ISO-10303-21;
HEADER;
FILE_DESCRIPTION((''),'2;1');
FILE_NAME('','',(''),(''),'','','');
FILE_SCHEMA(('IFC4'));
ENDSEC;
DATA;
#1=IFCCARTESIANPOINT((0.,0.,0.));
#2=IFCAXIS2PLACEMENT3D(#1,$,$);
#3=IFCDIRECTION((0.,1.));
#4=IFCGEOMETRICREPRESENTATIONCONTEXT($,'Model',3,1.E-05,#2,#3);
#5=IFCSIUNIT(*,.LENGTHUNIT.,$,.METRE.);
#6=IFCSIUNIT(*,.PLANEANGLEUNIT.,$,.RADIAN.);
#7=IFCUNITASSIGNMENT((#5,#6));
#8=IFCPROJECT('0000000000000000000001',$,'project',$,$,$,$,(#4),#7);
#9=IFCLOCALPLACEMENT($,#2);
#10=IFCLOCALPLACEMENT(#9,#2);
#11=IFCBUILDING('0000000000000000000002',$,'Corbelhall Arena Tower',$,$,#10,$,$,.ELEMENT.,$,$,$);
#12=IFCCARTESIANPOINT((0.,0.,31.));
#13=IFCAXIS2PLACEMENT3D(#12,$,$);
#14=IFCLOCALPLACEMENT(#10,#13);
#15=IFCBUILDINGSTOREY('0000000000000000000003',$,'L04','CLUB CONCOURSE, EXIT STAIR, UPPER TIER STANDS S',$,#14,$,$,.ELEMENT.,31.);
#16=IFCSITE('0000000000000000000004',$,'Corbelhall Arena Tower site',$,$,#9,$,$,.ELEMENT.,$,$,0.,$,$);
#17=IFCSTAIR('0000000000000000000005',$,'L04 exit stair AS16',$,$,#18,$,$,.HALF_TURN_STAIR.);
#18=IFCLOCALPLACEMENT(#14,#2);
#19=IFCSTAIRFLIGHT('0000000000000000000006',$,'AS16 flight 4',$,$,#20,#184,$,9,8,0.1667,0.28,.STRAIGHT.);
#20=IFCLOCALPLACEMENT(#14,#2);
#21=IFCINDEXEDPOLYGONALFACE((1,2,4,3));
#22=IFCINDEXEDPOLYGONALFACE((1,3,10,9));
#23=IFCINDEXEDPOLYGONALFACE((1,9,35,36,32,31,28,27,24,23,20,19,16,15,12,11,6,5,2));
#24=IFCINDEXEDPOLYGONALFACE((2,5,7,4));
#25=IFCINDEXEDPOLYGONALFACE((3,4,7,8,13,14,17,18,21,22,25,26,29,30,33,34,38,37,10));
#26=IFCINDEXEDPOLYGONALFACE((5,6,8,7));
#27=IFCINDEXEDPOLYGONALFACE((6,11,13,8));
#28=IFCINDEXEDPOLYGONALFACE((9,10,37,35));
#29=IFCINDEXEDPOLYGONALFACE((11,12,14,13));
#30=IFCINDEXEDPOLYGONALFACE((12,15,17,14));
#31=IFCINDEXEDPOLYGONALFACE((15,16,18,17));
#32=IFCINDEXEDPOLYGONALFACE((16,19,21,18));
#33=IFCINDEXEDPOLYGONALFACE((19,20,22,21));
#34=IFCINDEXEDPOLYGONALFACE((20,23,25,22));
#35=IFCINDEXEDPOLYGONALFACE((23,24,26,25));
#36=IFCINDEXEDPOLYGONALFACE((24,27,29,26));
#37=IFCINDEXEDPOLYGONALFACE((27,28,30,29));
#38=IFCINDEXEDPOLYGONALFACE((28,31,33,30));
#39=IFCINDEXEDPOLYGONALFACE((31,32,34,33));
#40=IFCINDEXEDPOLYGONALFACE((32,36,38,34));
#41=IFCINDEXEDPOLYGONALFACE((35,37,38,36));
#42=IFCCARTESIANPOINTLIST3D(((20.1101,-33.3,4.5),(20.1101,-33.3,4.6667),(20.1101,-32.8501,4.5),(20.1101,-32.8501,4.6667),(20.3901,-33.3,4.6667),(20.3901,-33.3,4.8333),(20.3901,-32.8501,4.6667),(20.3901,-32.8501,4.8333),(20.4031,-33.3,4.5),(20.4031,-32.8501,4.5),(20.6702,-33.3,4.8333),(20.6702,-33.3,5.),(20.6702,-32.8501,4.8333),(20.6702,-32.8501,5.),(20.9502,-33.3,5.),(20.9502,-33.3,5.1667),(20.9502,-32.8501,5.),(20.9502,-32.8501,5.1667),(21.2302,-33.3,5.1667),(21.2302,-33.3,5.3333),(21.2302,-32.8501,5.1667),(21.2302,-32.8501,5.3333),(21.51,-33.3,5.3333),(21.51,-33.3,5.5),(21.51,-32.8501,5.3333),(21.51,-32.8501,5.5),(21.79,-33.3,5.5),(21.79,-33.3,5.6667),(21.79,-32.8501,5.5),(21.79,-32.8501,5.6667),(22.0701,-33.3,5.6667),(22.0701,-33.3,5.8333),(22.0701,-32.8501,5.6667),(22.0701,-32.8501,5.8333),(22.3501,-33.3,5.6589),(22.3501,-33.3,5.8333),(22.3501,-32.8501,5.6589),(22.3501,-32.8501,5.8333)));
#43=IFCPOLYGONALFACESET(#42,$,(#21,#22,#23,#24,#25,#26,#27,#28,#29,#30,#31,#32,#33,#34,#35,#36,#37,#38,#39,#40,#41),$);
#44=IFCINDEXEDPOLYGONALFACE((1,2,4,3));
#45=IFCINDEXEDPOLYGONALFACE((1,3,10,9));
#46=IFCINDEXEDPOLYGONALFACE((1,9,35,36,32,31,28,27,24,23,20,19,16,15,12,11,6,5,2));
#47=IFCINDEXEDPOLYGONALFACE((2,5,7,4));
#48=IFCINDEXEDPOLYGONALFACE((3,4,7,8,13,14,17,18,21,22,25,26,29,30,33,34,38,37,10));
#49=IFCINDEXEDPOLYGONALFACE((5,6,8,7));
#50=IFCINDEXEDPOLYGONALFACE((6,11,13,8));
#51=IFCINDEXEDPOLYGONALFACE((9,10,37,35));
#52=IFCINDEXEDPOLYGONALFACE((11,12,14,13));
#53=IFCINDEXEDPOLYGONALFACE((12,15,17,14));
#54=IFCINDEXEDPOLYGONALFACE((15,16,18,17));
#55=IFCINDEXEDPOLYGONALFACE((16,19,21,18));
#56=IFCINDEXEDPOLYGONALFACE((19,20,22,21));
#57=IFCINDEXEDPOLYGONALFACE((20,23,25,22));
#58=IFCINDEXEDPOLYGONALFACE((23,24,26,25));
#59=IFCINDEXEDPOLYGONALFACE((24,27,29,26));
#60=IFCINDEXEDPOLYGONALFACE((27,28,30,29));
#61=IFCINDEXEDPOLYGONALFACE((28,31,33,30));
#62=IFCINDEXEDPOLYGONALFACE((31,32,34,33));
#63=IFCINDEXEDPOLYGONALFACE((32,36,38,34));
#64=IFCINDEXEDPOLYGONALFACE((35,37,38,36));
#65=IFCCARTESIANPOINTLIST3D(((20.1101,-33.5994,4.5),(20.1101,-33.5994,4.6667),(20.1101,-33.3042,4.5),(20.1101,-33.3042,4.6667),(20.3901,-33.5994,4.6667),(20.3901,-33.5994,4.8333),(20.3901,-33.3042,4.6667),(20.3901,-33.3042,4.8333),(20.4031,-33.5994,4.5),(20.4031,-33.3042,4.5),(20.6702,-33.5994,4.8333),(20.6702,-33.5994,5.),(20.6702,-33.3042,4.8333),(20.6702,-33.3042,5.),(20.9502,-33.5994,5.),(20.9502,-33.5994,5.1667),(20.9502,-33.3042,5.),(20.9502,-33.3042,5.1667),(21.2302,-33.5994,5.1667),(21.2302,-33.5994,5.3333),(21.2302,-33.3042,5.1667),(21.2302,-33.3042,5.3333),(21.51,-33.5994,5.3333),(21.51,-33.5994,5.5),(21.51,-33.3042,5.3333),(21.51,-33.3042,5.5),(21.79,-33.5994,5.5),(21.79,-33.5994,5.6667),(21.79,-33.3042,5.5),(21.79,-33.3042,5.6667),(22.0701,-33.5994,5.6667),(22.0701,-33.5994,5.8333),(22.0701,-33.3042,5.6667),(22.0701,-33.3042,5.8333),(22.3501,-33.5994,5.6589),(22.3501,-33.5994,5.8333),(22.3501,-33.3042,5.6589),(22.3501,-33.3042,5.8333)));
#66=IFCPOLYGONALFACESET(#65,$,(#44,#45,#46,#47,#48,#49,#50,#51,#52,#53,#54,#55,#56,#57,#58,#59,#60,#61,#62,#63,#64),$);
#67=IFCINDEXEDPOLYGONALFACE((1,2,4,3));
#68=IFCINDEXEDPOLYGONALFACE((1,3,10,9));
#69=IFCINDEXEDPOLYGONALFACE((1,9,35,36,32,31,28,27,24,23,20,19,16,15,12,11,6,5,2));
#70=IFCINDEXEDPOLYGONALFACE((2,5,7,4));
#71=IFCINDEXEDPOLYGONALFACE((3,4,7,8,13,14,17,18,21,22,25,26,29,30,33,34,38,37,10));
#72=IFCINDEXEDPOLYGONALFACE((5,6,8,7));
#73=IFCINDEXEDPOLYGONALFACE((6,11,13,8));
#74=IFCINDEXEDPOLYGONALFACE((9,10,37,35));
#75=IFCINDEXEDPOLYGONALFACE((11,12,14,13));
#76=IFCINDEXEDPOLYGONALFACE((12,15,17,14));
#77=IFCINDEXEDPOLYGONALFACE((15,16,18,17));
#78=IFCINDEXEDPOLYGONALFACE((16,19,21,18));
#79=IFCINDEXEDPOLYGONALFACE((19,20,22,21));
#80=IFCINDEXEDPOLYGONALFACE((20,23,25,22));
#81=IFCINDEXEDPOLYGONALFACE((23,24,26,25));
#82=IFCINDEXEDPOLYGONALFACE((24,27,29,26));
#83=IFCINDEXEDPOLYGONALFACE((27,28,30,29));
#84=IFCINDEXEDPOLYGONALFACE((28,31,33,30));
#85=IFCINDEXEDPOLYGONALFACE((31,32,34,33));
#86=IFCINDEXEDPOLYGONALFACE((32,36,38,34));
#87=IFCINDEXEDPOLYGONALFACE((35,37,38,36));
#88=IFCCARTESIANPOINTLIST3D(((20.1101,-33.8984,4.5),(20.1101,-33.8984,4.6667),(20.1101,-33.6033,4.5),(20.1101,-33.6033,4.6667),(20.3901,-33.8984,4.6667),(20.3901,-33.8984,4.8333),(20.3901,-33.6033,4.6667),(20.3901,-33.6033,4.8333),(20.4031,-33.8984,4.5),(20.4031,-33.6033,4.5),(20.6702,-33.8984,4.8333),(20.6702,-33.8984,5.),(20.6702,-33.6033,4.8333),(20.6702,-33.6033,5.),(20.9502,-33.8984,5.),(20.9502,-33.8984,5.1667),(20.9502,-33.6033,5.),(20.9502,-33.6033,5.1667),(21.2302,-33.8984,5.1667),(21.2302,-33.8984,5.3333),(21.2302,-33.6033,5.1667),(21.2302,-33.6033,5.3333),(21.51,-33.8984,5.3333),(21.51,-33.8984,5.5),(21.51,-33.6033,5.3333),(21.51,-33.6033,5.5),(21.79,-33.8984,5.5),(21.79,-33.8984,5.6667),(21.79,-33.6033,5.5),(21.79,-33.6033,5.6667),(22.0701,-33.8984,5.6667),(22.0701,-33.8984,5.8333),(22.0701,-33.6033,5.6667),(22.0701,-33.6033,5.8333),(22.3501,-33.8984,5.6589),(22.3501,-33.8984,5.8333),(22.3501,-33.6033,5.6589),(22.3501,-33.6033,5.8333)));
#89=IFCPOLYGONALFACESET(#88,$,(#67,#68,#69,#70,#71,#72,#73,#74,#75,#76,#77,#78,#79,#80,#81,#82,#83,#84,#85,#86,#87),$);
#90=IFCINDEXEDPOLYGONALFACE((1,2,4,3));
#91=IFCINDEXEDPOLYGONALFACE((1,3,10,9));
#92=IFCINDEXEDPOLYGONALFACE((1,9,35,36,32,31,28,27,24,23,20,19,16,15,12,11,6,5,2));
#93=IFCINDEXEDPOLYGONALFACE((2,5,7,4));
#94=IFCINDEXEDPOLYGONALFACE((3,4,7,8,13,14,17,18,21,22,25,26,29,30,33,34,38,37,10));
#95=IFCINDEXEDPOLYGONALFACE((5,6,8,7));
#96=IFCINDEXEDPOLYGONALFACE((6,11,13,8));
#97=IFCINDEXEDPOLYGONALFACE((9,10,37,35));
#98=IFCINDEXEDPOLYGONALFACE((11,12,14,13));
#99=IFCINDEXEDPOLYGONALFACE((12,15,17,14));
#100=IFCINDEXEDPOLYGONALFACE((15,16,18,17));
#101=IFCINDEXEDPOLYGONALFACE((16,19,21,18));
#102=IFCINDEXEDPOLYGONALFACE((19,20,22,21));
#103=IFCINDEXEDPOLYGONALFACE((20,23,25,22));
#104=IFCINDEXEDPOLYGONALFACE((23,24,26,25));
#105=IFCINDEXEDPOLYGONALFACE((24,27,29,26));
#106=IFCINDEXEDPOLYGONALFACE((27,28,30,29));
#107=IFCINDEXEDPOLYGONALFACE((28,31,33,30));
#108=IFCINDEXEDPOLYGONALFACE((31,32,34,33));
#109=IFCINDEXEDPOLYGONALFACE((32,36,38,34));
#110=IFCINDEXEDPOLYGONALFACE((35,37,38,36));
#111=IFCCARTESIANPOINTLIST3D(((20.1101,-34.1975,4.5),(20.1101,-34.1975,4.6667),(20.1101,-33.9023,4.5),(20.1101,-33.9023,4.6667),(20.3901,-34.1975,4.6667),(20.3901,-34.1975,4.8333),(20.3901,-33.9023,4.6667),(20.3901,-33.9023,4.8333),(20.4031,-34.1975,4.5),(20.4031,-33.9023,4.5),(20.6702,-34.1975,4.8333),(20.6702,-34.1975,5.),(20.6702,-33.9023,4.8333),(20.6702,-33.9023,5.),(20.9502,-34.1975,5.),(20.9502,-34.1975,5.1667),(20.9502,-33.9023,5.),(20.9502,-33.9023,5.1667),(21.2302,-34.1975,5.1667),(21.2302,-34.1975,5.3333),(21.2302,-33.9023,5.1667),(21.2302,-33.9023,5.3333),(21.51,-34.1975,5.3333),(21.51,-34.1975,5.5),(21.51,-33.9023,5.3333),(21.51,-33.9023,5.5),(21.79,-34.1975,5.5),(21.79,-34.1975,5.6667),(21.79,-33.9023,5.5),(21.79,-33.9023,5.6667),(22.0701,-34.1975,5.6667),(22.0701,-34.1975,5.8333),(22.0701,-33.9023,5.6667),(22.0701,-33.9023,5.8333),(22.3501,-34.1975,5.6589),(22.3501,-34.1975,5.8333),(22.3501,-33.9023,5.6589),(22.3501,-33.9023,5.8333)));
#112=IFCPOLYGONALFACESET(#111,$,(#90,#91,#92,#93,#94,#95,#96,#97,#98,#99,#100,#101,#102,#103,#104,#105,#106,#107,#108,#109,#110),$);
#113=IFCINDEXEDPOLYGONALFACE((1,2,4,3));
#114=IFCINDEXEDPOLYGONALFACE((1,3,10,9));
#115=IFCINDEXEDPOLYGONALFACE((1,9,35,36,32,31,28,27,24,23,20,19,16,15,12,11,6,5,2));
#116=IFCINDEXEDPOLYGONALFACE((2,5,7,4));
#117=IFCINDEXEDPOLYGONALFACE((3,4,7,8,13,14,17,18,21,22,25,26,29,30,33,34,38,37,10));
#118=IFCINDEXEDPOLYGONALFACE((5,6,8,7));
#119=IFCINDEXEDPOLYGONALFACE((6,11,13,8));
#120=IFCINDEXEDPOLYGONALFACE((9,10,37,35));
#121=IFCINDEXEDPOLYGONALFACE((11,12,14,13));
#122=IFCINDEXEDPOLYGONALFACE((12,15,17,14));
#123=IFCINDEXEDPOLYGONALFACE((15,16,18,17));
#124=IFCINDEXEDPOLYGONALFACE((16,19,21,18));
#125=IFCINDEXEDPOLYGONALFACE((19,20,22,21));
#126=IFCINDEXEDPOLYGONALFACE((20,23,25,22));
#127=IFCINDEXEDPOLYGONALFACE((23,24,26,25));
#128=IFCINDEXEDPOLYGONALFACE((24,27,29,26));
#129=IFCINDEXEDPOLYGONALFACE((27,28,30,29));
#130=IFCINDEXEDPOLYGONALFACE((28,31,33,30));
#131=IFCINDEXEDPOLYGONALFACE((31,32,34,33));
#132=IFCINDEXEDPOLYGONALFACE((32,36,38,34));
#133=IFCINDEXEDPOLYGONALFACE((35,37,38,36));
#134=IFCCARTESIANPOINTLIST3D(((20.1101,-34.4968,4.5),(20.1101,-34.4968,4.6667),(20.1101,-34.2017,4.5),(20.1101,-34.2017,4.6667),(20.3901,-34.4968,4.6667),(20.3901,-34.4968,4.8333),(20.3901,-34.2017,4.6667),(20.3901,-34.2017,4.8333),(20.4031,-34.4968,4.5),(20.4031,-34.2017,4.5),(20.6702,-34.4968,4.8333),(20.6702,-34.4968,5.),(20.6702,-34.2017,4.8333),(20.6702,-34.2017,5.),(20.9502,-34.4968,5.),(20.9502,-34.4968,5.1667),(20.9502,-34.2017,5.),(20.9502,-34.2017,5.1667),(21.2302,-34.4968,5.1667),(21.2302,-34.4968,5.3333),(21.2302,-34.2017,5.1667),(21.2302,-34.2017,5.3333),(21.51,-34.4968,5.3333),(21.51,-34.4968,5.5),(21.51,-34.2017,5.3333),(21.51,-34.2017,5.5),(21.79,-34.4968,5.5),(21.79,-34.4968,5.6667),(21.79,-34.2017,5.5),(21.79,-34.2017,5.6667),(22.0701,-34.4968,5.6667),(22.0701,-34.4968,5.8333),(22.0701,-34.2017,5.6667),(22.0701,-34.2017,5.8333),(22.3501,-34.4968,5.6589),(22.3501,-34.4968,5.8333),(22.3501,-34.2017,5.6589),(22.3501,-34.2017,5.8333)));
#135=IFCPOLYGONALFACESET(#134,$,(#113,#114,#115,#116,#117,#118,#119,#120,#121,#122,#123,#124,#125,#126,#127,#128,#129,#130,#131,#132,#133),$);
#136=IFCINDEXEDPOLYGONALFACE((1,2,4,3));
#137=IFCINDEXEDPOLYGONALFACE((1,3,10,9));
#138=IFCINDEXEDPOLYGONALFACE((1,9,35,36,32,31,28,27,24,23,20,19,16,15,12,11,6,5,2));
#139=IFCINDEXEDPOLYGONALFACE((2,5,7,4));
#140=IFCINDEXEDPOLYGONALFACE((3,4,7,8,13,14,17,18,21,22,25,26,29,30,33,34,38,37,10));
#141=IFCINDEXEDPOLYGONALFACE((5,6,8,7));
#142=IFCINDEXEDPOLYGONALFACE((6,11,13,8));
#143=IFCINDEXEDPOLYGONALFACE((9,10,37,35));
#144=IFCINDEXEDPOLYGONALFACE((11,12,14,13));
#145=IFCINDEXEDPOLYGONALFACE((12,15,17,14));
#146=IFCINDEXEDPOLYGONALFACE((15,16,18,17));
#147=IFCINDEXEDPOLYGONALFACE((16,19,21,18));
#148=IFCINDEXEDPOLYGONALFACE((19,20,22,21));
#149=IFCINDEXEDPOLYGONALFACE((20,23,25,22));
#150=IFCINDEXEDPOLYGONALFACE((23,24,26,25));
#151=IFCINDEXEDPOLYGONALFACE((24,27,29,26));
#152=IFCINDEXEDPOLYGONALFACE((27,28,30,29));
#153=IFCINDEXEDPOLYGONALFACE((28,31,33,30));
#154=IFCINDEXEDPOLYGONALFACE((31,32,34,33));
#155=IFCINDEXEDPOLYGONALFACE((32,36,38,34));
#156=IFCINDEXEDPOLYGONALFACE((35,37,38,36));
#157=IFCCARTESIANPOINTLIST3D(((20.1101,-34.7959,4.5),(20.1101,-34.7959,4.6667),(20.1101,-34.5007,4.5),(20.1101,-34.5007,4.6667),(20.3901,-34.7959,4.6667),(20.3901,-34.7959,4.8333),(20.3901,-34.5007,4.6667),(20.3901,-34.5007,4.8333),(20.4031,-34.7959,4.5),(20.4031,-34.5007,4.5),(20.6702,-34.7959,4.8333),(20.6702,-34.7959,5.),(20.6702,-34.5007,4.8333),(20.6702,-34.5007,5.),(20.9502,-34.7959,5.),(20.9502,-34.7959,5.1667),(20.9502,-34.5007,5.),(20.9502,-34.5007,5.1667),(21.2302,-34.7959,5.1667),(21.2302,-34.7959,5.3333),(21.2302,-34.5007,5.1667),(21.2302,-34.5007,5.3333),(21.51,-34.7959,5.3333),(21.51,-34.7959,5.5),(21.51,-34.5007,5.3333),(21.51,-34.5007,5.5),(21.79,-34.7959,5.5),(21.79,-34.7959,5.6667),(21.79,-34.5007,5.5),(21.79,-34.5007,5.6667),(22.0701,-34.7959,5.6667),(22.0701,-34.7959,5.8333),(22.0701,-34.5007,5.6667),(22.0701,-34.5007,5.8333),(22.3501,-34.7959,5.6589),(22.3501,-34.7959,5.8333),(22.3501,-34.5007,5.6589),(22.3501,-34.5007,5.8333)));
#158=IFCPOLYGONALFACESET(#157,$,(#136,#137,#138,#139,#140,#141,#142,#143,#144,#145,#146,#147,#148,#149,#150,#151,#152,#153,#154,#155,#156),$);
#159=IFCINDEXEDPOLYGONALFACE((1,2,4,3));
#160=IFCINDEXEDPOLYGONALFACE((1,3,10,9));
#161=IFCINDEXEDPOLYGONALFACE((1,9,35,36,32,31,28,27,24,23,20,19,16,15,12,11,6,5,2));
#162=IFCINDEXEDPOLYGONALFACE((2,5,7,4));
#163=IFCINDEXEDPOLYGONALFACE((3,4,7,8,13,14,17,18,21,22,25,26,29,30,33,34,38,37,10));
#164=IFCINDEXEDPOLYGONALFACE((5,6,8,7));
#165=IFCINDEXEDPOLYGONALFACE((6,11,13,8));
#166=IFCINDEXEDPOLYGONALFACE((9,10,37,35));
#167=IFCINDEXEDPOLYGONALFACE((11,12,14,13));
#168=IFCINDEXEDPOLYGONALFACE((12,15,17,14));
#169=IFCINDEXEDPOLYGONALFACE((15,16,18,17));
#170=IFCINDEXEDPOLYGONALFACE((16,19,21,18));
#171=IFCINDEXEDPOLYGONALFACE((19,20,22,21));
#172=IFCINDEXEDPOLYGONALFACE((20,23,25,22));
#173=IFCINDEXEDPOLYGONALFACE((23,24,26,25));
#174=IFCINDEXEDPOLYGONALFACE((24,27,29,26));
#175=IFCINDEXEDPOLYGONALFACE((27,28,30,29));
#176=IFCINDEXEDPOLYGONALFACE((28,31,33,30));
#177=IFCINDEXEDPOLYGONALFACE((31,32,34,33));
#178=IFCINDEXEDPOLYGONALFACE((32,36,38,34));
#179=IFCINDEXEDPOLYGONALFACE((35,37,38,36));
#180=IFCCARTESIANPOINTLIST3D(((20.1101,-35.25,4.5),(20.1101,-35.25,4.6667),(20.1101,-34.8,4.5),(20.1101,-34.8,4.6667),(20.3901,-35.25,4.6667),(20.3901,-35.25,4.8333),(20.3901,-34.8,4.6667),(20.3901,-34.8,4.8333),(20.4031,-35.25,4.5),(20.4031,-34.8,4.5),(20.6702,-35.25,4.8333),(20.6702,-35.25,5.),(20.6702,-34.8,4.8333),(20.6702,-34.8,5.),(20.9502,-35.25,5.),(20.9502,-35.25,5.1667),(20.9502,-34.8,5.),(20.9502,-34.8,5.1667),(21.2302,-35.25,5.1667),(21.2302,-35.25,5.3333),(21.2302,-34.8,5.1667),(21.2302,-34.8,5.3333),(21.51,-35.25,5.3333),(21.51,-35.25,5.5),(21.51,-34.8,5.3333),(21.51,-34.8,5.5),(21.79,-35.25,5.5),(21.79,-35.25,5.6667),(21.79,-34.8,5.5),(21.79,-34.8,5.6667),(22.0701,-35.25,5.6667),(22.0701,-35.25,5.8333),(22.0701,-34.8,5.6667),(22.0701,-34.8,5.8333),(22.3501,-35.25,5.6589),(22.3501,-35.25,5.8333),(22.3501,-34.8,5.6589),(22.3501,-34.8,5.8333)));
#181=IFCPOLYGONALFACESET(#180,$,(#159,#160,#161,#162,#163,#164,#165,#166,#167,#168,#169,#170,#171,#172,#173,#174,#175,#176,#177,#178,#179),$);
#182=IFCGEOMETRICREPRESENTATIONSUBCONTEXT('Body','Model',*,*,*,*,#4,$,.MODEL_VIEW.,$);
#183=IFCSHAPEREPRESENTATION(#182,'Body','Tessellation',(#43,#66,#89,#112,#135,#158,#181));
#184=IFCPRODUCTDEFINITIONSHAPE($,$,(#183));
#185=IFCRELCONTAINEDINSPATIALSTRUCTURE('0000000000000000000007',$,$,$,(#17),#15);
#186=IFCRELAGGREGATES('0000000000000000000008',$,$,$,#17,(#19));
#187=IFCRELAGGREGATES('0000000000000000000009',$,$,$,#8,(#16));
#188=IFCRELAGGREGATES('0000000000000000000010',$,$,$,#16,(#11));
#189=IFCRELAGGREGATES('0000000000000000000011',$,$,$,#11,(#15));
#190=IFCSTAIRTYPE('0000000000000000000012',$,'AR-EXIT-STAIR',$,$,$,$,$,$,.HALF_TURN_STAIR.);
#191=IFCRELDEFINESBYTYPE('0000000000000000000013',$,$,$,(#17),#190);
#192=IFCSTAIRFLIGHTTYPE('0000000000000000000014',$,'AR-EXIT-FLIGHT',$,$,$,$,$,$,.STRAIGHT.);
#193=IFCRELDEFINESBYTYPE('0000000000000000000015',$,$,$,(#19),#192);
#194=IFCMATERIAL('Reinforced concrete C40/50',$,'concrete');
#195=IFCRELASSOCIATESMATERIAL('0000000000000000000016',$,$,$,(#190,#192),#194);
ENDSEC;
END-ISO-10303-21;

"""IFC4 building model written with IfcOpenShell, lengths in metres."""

from ifc_helpers import new_model, si_unit, direction, frame, origin, place, context, subcontext, project, spatial, polyline, outline, extrude, material, type_object, element, aggregate, save


model = new_model("IFC4")

# Units and contexts
model_context = context("Model", 3, precision=1e-05, world=origin(), true_north=direction((0.0, 1.0)))
body_context = subcontext(model_context, "Body", "Model", "MODEL_VIEW")
ifc_project = project(units=[si_unit("LENGTHUNIT", "METRE"), si_unit("PLANEANGLEUNIT", "RADIAN")], contexts=[model_context])

# Site, building, storey
site_placement = place(None, origin())
site = spatial("IfcSite", under=ifc_project, at=site_placement, Name="Corbelhall Arena Tower site", CompositionType="ELEMENT", RefElevation=0.0)
building_placement = place(site_placement, origin())
building = spatial("IfcBuilding", under=site, at=building_placement, Name="Corbelhall Arena Tower", CompositionType="ELEMENT")
storey_placement = place(building_placement, frame((0.0, 0.0, 31.0)))
storey = spatial("IfcBuildingStorey", under=building, at=storey_placement, Name="L04", Description="CLUB CONCOURSE, EXIT STAIR, UPPER TIER STANDS S", CompositionType="ELEMENT", Elevation=31.0)

# Shared definitions
ifc_material_1 = material(Name="Reinforced concrete C40/50", Category="concrete")

# Stair, stair flight
stair_type = type_object("IfcStairType", Name="AR-EXIT-STAIR", PredefinedType="HALF_TURN_STAIR", material=ifc_material_1)
stair_flight_type = type_object("IfcStairFlightType", Name="AR-EXIT-FLIGHT", PredefinedType="STRAIGHT", material=ifc_material_1)
stair_1_placement = place(storey_placement, origin())
stair_1 = element("IfcStair", 1, at=stair_1_placement, inside=storey, type_object=stair_type, Name="L04 exit stair AS16", PredefinedType="HALF_TURN_STAIR")
stair_flight_1_placement = place(storey_placement, frame((20.1101, -34.05, 4.5), z_axis=(0.0, 0.0, 1.0), x_axis=(1.0, 0.0, 0.0)))
stair_flight_1 = element("IfcStairFlight", 2, at=stair_flight_1_placement, type_object=stair_flight_type, Name="AS16 flight 4", NumberOfRisers=9, NumberOfTreads=8, PredefinedType="STRAIGHT", RiserHeight=0.1667, TreadLength=0.28, context=body_context, shape_type="SweptSolid", body=[
    extrude(outline(polyline([(0.0, 0.0), (0.0, 0.1667), (0.28, 0.1667), (0.28, 0.3333), (0.5601, 0.3333), (0.5601, 0.5), (0.8401, 0.5), (0.8401, 0.6667), (1.1201, 0.6667), (1.1201, 0.8333), (1.3999, 0.8333), (1.3999, 1.0), (1.6799, 1.0), (1.6799, 1.1667), (1.96, 1.1667), (1.96, 1.3333), (2.24, 1.3333), (2.24, 1.5), (2.24, 1.1589), (0.293, 0.0), (0.0, 0.0)])), frame((0.0, 1.2, 0.0), z_axis=(0.0, -1.0, 0.0), x_axis=(1.0, 0.0, 0.0)), (0.0, 0.0, 1.0), 0.45),
    extrude(outline(polyline([(0.0, 0.0), (0.0, 0.1667), (0.28, 0.1667), (0.28, 0.3333), (0.5601, 0.3333), (0.5601, 0.5), (0.8401, 0.5), (0.8401, 0.6667), (1.1201, 0.6667), (1.1201, 0.8333), (1.3999, 0.8333), (1.3999, 1.0), (1.6799, 1.0), (1.6799, 1.1667), (1.96, 1.1667), (1.96, 1.3333), (2.24, 1.3333), (2.24, 1.5), (2.24, 1.1589), (0.293, 0.0), (0.0, 0.0)])), frame((0.0, 0.7458, 0.0), z_axis=(0.0, -1.0, 0.0), x_axis=(1.0, 0.0, 0.0)), (0.0, 0.0, 1.0), 0.2952),
    extrude(outline(polyline([(0.0, 0.0), (0.0, 0.1667), (0.28, 0.1667), (0.28, 0.3333), (0.5601, 0.3333), (0.5601, 0.5), (0.8401, 0.5), (0.8401, 0.6667), (1.1201, 0.6667), (1.1201, 0.8333), (1.3999, 0.8333), (1.3999, 1.0), (1.6799, 1.0), (1.6799, 1.1667), (1.96, 1.1667), (1.96, 1.3333), (2.24, 1.3333), (2.24, 1.5), (2.24, 1.1589), (0.293, 0.0), (0.0, 0.0)])), frame((0.0, 0.4468, 0.0), z_axis=(0.0, -1.0, 0.0), x_axis=(1.0, 0.0, 0.0)), (0.0, 0.0, 1.0), 0.2952),
    extrude(outline(polyline([(0.0, 0.0), (0.0, 0.1667), (0.28, 0.1667), (0.28, 0.3333), (0.5601, 0.3333), (0.5601, 0.5), (0.8401, 0.5), (0.8401, 0.6667), (1.1201, 0.6667), (1.1201, 0.8333), (1.3999, 0.8333), (1.3999, 1.0), (1.6799, 1.0), (1.6799, 1.1667), (1.96, 1.1667), (1.96, 1.3333), (2.24, 1.3333), (2.24, 1.5), (2.24, 1.1589), (0.293, 0.0), (0.0, 0.0)])), frame((0.0, 0.1477, 0.0), z_axis=(0.0, -1.0, 0.0), x_axis=(1.0, 0.0, 0.0)), (0.0, 0.0, 1.0), 0.2952),
    extrude(outline(polyline([(0.0, 0.0), (0.0, 0.1667), (0.28, 0.1667), (0.28, 0.3333), (0.5601, 0.3333), (0.5601, 0.5), (0.8401, 0.5), (0.8401, 0.6667), (1.1201, 0.6667), (1.1201, 0.8333), (1.3999, 0.8333), (1.3999, 1.0), (1.6799, 1.0), (1.6799, 1.1667), (1.96, 1.1667), (1.96, 1.3333), (2.24, 1.3333), (2.24, 1.5), (2.24, 1.1589), (0.293, 0.0), (0.0, 0.0)])), frame((0.0, -0.1516, 0.0), z_axis=(0.0, -1.0, 0.0), x_axis=(1.0, 0.0, 0.0)), (0.0, 0.0, 1.0), 0.2952),
    extrude(outline(polyline([(0.0, 0.0), (0.0, 0.1667), (0.28, 0.1667), (0.28, 0.3333), (0.5601, 0.3333), (0.5601, 0.5), (0.8401, 0.5), (0.8401, 0.6667), (1.1201, 0.6667), (1.1201, 0.8333), (1.3999, 0.8333), (1.3999, 1.0), (1.6799, 1.0), (1.6799, 1.1667), (1.96, 1.1667), (1.96, 1.3333), (2.24, 1.3333), (2.24, 1.5), (2.24, 1.1589), (0.293, 0.0), (0.0, 0.0)])), frame((0.0, -0.4507, 0.0), z_axis=(0.0, -1.0, 0.0), x_axis=(1.0, 0.0, 0.0)), (0.0, 0.0, 1.0), 0.2952),
    extrude(outline(polyline([(0.0, 0.0), (0.0, 0.1667), (0.28, 0.1667), (0.28, 0.3333), (0.5601, 0.3333), (0.5601, 0.5), (0.8401, 0.5), (0.8401, 0.6667), (1.1201, 0.6667), (1.1201, 0.8333), (1.3999, 0.8333), (1.3999, 1.0), (1.6799, 1.0), (1.6799, 1.1667), (1.96, 1.1667), (1.96, 1.3333), (2.24, 1.3333), (2.24, 1.5), (2.24, 1.1589), (0.293, 0.0), (0.0, 0.0)])), frame((0.0, -0.75, 0.0), z_axis=(0.0, -1.0, 0.0), x_axis=(1.0, 0.0, 0.0)), (0.0, 0.0, 1.0), 0.45),
])
aggregate(stair_1, [stair_flight_1])

save(model, "model.ifc")
